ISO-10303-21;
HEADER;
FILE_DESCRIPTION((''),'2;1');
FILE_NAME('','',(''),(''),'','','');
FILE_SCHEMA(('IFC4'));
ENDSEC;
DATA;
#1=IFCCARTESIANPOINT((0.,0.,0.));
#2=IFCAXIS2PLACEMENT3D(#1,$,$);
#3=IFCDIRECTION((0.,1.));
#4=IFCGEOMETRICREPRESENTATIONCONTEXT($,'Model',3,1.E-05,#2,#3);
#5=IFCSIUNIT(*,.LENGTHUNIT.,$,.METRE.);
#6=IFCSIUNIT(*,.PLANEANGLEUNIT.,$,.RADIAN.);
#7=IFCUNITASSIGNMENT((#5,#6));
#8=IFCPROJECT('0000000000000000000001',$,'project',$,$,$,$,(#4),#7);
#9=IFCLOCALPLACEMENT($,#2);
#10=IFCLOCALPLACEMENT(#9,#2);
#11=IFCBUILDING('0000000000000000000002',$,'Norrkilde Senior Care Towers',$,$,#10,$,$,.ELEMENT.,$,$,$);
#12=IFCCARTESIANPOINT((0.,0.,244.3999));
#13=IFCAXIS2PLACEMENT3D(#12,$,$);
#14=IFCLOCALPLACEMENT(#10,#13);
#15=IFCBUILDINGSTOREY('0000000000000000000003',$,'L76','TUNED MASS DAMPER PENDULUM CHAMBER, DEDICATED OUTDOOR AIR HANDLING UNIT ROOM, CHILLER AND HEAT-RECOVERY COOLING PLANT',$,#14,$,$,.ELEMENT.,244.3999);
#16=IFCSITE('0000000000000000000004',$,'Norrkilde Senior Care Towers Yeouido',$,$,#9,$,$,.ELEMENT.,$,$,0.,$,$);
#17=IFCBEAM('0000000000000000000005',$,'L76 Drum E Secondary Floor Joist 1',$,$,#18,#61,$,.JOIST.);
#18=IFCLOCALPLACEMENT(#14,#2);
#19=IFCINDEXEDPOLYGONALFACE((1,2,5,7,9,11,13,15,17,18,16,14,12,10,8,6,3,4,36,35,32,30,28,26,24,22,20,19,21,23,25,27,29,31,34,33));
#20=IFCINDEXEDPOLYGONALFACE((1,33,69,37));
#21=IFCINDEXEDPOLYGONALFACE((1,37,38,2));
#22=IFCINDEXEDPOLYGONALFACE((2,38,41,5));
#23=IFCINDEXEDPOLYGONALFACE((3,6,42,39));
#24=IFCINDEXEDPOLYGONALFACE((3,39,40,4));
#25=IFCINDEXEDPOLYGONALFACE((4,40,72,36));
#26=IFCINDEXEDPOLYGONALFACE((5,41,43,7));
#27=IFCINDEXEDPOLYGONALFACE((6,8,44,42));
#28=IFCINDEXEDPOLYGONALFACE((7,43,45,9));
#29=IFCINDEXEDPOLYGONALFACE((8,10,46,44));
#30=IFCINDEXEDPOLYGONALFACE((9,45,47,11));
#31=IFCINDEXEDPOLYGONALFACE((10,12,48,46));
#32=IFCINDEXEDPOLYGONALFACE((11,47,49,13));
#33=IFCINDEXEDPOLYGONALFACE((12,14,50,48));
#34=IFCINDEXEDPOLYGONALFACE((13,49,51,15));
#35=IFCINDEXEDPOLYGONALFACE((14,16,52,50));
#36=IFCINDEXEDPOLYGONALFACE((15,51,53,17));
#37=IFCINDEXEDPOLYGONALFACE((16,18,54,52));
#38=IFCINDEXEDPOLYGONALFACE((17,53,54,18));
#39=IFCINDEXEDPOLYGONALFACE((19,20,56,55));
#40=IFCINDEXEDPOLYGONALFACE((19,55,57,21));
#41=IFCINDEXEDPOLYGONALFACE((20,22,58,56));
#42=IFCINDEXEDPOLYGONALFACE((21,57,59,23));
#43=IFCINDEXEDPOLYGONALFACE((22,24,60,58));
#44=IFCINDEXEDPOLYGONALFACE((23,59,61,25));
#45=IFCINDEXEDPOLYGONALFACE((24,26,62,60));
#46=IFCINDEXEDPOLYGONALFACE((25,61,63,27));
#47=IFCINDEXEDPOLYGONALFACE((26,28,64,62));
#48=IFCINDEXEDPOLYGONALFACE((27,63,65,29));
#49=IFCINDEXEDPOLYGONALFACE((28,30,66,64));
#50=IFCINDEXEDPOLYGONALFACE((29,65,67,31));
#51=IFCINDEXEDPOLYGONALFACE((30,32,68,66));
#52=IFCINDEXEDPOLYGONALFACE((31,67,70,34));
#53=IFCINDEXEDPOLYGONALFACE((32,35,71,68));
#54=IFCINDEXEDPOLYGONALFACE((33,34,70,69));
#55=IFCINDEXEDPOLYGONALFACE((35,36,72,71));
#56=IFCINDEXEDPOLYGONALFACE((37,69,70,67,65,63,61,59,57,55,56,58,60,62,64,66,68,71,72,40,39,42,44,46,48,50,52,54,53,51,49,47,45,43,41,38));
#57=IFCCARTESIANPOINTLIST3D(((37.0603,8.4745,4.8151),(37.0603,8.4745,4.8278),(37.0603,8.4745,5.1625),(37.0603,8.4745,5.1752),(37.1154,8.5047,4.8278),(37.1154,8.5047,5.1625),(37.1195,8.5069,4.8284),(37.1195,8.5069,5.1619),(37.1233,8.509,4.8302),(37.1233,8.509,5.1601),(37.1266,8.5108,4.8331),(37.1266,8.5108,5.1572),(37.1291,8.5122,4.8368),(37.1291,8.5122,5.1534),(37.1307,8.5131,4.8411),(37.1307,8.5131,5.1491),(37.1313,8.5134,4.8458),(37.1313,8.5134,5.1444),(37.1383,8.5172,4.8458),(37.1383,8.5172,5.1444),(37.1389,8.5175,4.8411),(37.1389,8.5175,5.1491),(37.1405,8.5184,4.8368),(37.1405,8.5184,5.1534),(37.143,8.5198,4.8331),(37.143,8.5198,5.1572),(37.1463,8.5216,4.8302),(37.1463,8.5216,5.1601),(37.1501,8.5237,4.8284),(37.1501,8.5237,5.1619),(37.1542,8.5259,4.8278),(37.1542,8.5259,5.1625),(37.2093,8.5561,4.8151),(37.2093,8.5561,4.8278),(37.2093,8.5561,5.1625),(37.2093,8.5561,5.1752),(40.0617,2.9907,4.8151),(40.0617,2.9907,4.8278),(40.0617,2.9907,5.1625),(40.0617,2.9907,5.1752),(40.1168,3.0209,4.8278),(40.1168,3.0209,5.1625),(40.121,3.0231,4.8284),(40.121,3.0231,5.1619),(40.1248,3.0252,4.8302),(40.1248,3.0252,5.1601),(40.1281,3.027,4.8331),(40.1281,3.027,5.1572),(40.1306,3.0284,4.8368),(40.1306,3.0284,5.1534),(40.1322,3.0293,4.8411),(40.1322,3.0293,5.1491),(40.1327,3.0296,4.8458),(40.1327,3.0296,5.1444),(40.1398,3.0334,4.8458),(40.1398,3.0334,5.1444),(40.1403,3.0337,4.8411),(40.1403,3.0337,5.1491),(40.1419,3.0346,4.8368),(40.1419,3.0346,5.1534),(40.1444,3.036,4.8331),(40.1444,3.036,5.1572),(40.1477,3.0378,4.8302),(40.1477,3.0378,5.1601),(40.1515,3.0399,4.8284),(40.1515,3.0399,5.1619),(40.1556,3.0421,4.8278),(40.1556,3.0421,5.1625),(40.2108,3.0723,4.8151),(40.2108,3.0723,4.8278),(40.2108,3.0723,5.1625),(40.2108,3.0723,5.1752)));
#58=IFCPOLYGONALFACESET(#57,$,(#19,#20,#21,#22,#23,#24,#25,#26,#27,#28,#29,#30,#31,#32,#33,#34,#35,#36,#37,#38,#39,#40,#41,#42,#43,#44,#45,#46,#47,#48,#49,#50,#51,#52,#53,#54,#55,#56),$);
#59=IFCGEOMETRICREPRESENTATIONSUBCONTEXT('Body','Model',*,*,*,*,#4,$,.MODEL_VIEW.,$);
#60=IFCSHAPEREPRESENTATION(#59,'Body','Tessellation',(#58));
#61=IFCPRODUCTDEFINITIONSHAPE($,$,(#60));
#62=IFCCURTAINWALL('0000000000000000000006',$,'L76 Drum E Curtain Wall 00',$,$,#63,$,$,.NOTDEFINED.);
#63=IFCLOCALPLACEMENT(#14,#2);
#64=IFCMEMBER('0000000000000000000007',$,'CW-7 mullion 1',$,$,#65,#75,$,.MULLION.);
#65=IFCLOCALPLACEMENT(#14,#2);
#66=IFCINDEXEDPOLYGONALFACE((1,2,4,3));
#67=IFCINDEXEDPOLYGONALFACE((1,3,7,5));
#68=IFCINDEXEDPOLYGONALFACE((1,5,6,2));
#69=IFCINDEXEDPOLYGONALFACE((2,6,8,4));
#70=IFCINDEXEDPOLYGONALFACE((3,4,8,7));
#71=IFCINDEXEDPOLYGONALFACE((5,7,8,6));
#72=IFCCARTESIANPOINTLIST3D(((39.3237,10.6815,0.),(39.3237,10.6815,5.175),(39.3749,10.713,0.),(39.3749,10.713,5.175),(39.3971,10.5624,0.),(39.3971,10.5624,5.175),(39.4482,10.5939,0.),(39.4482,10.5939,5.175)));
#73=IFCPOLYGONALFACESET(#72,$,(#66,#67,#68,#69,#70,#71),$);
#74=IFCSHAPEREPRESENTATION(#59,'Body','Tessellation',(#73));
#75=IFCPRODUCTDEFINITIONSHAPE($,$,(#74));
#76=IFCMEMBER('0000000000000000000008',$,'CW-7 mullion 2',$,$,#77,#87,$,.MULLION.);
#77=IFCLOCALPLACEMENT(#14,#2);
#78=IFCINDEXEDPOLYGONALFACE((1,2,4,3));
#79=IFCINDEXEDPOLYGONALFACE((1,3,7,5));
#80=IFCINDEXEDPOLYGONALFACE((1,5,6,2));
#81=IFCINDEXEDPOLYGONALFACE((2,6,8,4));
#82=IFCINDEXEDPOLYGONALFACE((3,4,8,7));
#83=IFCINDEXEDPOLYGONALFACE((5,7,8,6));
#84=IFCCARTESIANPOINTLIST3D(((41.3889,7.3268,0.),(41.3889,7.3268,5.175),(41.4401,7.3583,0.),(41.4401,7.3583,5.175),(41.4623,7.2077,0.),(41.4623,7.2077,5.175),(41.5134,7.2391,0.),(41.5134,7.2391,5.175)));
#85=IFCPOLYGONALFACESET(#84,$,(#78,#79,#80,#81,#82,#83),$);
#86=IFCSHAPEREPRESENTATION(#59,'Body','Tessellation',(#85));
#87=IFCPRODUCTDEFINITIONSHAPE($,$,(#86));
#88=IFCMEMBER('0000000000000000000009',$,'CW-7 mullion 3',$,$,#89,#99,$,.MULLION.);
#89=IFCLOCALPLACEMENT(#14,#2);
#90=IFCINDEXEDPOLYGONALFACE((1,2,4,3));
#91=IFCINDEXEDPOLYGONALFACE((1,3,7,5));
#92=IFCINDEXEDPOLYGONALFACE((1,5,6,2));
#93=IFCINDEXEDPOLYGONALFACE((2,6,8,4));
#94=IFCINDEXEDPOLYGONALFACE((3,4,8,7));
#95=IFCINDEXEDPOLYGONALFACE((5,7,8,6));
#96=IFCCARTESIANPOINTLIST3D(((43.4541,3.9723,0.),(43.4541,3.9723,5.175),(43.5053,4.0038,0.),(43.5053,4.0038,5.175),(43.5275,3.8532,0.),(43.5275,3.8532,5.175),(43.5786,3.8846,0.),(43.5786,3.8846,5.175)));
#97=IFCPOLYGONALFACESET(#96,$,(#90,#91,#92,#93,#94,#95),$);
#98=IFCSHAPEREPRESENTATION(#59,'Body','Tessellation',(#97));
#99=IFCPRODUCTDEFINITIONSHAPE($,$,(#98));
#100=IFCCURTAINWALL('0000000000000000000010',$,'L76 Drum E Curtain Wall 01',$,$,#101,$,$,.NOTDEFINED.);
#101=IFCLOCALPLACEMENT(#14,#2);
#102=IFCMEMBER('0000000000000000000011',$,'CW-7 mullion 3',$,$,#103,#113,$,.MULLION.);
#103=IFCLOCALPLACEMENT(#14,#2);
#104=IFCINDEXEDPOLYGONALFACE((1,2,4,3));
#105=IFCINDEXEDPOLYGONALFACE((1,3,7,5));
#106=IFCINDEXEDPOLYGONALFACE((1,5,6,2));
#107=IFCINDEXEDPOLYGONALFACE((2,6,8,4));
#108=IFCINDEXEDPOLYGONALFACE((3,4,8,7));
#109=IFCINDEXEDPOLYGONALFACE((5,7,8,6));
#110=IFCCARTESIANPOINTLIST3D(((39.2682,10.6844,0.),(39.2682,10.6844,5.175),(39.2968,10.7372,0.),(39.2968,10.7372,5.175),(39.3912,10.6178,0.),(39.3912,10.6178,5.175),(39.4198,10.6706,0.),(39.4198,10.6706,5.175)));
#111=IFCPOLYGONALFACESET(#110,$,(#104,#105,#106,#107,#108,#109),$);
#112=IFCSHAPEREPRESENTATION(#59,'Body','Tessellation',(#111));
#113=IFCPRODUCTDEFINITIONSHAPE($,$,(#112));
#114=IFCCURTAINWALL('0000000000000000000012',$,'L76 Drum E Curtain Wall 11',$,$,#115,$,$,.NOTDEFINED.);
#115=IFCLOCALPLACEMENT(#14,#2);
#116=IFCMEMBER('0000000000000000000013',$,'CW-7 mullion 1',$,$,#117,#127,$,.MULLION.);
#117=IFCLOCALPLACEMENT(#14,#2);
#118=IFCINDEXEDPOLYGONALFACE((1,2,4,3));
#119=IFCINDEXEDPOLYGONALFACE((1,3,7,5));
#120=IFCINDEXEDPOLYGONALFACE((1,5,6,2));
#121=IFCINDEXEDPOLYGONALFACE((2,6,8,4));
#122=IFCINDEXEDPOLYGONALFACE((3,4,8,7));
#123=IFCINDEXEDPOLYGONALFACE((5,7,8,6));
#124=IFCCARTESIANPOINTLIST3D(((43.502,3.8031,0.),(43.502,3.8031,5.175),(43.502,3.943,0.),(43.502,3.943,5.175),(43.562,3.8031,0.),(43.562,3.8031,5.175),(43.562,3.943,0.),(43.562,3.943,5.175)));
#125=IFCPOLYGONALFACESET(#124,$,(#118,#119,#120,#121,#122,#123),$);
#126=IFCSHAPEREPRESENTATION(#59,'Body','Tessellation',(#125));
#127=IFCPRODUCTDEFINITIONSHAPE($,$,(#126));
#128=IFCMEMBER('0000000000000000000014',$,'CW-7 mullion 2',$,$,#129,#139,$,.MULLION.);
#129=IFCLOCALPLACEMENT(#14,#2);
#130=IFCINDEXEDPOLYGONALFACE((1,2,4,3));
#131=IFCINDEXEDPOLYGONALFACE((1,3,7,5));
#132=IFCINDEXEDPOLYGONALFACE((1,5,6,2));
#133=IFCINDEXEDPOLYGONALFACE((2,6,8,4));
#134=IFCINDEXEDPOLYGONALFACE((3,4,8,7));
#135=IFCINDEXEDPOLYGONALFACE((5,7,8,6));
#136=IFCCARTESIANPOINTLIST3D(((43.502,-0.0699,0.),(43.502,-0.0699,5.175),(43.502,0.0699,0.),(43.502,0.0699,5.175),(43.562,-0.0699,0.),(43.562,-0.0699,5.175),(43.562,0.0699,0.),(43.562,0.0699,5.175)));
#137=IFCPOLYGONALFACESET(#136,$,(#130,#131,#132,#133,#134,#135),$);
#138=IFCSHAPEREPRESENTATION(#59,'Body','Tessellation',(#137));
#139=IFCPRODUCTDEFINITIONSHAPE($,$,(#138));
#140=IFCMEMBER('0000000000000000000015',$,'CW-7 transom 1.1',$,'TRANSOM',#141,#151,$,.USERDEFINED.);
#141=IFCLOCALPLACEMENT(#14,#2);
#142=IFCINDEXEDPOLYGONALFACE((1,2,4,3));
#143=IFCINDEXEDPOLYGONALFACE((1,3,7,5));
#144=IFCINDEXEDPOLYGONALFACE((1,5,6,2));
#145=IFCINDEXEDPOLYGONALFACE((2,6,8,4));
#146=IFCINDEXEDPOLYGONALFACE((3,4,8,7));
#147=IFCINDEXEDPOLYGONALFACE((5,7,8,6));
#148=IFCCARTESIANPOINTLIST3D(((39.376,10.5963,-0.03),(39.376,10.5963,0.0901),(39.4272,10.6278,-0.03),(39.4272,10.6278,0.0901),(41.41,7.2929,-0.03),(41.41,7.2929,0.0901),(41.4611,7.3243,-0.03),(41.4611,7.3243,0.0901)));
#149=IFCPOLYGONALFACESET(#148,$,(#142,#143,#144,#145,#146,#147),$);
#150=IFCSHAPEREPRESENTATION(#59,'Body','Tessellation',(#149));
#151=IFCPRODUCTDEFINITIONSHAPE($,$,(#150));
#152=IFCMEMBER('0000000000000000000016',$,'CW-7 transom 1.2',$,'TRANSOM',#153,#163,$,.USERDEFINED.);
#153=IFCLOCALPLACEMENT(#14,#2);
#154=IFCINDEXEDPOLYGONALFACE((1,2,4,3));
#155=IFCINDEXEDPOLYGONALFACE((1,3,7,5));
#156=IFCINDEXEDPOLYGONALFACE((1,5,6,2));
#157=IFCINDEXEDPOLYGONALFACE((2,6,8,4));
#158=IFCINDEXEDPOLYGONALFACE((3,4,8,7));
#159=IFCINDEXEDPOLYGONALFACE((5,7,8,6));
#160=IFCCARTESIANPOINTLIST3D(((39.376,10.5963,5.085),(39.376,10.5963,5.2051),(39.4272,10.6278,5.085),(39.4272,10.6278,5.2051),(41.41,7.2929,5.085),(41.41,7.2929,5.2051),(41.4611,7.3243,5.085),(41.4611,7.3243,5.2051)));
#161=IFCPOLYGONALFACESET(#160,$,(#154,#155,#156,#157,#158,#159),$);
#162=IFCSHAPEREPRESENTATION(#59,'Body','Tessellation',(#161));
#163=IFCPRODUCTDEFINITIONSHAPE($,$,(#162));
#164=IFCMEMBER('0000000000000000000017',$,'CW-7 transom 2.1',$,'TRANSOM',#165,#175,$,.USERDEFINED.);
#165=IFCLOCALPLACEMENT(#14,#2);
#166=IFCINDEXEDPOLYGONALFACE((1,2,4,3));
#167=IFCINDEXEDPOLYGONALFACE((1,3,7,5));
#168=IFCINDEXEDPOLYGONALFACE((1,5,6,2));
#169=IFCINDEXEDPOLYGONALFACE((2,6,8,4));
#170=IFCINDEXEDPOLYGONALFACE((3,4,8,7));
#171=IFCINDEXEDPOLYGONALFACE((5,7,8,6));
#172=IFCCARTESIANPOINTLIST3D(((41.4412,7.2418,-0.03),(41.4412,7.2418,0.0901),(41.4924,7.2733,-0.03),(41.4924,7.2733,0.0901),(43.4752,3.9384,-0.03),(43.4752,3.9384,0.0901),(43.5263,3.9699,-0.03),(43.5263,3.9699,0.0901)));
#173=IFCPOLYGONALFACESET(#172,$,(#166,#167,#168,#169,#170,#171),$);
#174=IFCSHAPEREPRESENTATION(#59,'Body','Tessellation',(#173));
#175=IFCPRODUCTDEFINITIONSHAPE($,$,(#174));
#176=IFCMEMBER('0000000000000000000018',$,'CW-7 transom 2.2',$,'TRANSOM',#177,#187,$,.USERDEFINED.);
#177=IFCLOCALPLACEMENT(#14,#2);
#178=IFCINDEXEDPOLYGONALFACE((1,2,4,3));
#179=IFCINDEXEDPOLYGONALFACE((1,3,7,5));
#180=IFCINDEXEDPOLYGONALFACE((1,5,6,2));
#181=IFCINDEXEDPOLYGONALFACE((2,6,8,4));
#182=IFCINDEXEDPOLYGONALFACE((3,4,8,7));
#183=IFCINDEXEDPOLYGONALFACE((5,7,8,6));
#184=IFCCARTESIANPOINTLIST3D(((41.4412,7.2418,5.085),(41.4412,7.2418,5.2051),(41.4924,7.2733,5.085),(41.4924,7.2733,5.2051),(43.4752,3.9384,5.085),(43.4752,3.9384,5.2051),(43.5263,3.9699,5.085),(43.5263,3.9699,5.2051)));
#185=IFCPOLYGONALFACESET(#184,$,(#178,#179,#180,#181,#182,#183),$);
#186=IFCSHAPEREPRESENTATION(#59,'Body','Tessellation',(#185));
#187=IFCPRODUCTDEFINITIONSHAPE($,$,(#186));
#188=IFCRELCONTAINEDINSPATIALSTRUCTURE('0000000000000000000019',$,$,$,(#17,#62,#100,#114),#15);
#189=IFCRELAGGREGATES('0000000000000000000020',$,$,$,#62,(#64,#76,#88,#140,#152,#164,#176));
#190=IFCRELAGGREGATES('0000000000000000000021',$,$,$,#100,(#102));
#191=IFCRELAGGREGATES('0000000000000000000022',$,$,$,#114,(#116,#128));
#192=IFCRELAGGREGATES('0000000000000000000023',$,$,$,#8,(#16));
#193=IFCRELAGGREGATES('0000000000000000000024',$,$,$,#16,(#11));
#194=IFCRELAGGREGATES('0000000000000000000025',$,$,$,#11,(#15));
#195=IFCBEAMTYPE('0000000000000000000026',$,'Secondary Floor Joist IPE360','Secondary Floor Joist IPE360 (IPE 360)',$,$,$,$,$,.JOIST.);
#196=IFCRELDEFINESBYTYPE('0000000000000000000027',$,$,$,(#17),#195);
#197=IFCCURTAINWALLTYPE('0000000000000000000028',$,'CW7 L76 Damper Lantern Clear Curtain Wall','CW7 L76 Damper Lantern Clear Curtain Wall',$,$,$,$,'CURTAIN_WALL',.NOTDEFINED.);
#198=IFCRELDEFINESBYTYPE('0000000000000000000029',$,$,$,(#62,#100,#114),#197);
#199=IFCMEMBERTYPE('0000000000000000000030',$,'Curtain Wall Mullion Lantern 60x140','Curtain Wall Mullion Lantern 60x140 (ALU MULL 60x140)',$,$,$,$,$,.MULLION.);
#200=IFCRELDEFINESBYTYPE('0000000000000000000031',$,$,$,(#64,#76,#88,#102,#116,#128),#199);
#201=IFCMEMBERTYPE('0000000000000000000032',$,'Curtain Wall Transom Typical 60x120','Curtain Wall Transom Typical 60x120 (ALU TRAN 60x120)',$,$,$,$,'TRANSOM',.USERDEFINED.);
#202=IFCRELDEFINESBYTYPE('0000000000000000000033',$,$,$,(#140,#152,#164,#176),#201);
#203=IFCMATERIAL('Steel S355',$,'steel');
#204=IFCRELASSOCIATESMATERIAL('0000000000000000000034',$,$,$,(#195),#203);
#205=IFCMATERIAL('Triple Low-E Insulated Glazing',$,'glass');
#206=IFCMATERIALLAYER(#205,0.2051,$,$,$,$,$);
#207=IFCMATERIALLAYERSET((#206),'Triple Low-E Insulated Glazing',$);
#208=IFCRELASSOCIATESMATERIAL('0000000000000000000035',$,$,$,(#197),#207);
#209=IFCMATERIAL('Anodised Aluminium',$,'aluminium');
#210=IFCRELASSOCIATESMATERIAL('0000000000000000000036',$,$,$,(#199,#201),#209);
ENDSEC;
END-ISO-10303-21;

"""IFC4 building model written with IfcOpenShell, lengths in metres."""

from ifc_helpers import new_model, si_unit, direction, frame, origin, origin_2d, place, context, subcontext, project, spatial, rectangle, i_section, extrude, source, transform, mapped, material, layer, layer_set, material_profile, profile_set, type_object, type_shapes, element, aggregate, save


model = new_model("IFC4")

# Units and contexts
model_context = context("Model", 3, precision=1e-05, world=origin(), true_north=direction((0.0, 1.0)))
body_context = subcontext(model_context, "Body", "Model", "MODEL_VIEW")
ifc_project = project(units=[si_unit("LENGTHUNIT", "METRE"), si_unit("PLANEANGLEUNIT", "RADIAN")], contexts=[model_context])

# Site, building, storey
site_placement = place(None, origin())
site = spatial("IfcSite", under=ifc_project, at=site_placement, Name="Norrkilde Senior Care Towers Yeouido", CompositionType="ELEMENT", RefElevation=0.0)
building_placement = place(site_placement, origin())
building = spatial("IfcBuilding", under=site, at=building_placement, Name="Norrkilde Senior Care Towers", CompositionType="ELEMENT")
storey_placement = place(building_placement, frame((0.0, 0.0, 244.3999)))
storey = spatial("IfcBuildingStorey", under=building, at=storey_placement, Name="L76", Description="TUNED MASS DAMPER PENDULUM CHAMBER, DEDICATED OUTDOOR AIR HANDLING UNIT ROOM, CHILLER AND HEAT-RECOVERY COOLING PLANT", CompositionType="ELEMENT", Elevation=244.3999)

# Beam
ifc_material_1 = material(Name="Steel S355", Category="steel")
ifc_material_profile_1 = material_profile(ifc_material_1, i_section(OverallWidth=0.1699, OverallDepth=0.3601, WebThickness=0.0081, FlangeThickness=0.0127, FilletRadius=0.0181, at=origin_2d()), Name="IPE 360")
ifc_profile_set_1 = profile_set([ifc_material_profile_1], Name="Steel S355")
beam_type_1 = type_object("IfcBeamType", Name="Secondary Floor Joist IPE360", Description="Secondary Floor Joist IPE360 (IPE 360)", PredefinedType="JOIST", material=ifc_profile_set_1)
shared_shape_1 = source(origin(), body_context, "Body", "SweptSolid", [
    extrude(i_section(OverallWidth=0.1699, OverallDepth=0.3601, WebThickness=0.0081, FlangeThickness=0.0127, FilletRadius=0.0181, at=origin_2d()), origin(), (0.0, 0.0, 1.0), 6.2515),
])
type_shapes(beam_type_1, [shared_shape_1])
beam_1_placement = place(storey_placement, frame((40.1362, 3.0315, 4.9951), z_axis=(-0.480116, 0.877205, 0.0), x_axis=(-0.877205, -0.480116, 0.0)))
element("IfcBeam", 1, at=beam_1_placement, inside=storey, type_object=beam_type_1, Name="L76 Drum E Secondary Floor Joist 1", PredefinedType="JOIST", context=body_context, shape_type="MappedRepresentation", body=[
    mapped(shared_shape_1, transform((0.0, 0.0, 0.0), x_axis=(1.0, 0.0, 0.0), y_axis=(0.0, 1.0, 0.0), z_axis=(0.0, 0.0, 1.0), scale=1.0)),
])

# Curtain wall, members
ifc_material_2 = material(Name="Triple Low-E Insulated Glazing", Category="glass")
ifc_layer_1 = layer(ifc_material_2, 0.2051)
ifc_layer_set_1 = layer_set([ifc_layer_1], Name="Triple Low-E Insulated Glazing")
curtain_wall_type = type_object("IfcCurtainWallType", Name="CW7 L76 Damper Lantern Clear Curtain Wall", Description="CW7 L76 Damper Lantern Clear Curtain Wall", ElementType="CURTAIN_WALL", PredefinedType="NOTDEFINED", material=ifc_layer_set_1)
curtain_wall_1_placement = place(storey_placement, origin())
curtain_wall_1 = element("IfcCurtainWall", 2, at=curtain_wall_1_placement, inside=storey, type_object=curtain_wall_type, Name="L76 Drum E Curtain Wall 00", PredefinedType="NOTDEFINED")
ifc_material_3 = material(Name="Anodised Aluminium", Category="aluminium")
ifc_material_profile_2 = material_profile(ifc_material_3, rectangle(XDim=0.0601, YDim=0.1399, at=origin_2d()), Name="ALU MULL 60x140")
ifc_profile_set_2 = profile_set([ifc_material_profile_2], Name="Anodised Aluminium")
member_type_1 = type_object("IfcMemberType", Name="Curtain Wall Mullion Lantern 60x140", Description="Curtain Wall Mullion Lantern 60x140 (ALU MULL 60x140)", PredefinedType="MULLION", material=ifc_profile_set_2)
shared_shape_2 = source(origin(), body_context, "Body", "SweptSolid", [
    extrude(rectangle(XDim=0.0601, YDim=0.1399, at=origin_2d()), origin(), (0.0, 0.0, 1.0), 5.175),
])
type_shapes(member_type_1, [shared_shape_2])
member_1_placement = place(storey_placement, frame((39.386, 10.6377, 0.0), z_axis=(0.0, 0.0, 1.0), x_axis=(0.851563, 0.524253, 0.0)))
member_1 = element("IfcMember", 3, at=member_1_placement, type_object=member_type_1, Name="CW-7 mullion 1", PredefinedType="MULLION", context=body_context, shape_type="MappedRepresentation", body=[
    mapped(shared_shape_2, transform((0.0, 0.0, 0.0), x_axis=(1.0, 0.0, 0.0), y_axis=(0.0, 1.0, 0.0), z_axis=(0.0, 0.0, 1.0), scale=1.0)),
])
member_2_placement = place(storey_placement, frame((41.4512, 7.283, 0.0), z_axis=(0.0, 0.0, 1.0), x_axis=(0.851563, 0.524253, 0.0)))
member_2 = element("IfcMember", 4, at=member_2_placement, type_object=member_type_1, Name="CW-7 mullion 2", PredefinedType="MULLION", context=body_context, shape_type="MappedRepresentation", body=[
    mapped(shared_shape_2, transform((0.0, 0.0, 0.0), x_axis=(1.0, 0.0, 0.0), y_axis=(0.0, 1.0, 0.0), z_axis=(0.0, 0.0, 1.0), scale=1.0)),
])
member_3_placement = place(storey_placement, frame((43.5164, 3.9285, 0.0), z_axis=(0.0, 0.0, 1.0), x_axis=(0.851563, 0.524253, 0.0)))
member_3 = element("IfcMember", 5, at=member_3_placement, type_object=member_type_1, Name="CW-7 mullion 3", PredefinedType="MULLION", context=body_context, shape_type="MappedRepresentation", body=[
    mapped(shared_shape_2, transform((0.0, 0.0, 0.0), x_axis=(1.0, 0.0, 0.0), y_axis=(0.0, 1.0, 0.0), z_axis=(0.0, 0.0, 1.0), scale=1.0)),
])

# Curtain wall, member
curtain_wall_2_placement = place(storey_placement, origin())
curtain_wall_2 = element("IfcCurtainWall", 6, at=curtain_wall_2_placement, inside=storey, type_object=curtain_wall_type, Name="L76 Drum E Curtain Wall 01", PredefinedType="NOTDEFINED")
member_4_placement = place(storey_placement, frame((39.344, 10.6775, 0.0), z_axis=(0.0, 0.0, 1.0), x_axis=(0.476133, 0.879373, 0.0)))
member_4 = element("IfcMember", 7, at=member_4_placement, type_object=member_type_1, Name="CW-7 mullion 3", PredefinedType="MULLION", context=body_context, shape_type="MappedRepresentation", body=[
    mapped(shared_shape_2, transform((0.0, 0.0, 0.0), x_axis=(1.0, 0.0, 0.0), y_axis=(0.0, 1.0, 0.0), z_axis=(0.0, 0.0, 1.0), scale=1.0)),
])

# Curtain wall, members
curtain_wall_3_placement = place(storey_placement, origin())
curtain_wall_3 = element("IfcCurtainWall", 8, at=curtain_wall_3_placement, inside=storey, type_object=curtain_wall_type, Name="L76 Drum E Curtain Wall 11", PredefinedType="NOTDEFINED")
member_5_placement = place(storey_placement, frame((43.532, 3.873, 0.0), z_axis=(0.0, 0.0, 1.0), x_axis=(1.0, 0.0, 0.0)))
member_5 = element("IfcMember", 9, at=member_5_placement, type_object=member_type_1, Name="CW-7 mullion 1", PredefinedType="MULLION", context=body_context, shape_type="MappedRepresentation", body=[
    mapped(shared_shape_2, transform((0.0, 0.0, 0.0), x_axis=(1.0, 0.0, 0.0), y_axis=(0.0, 1.0, 0.0), z_axis=(0.0, 0.0, 1.0), scale=1.0)),
])
member_6_placement = place(storey_placement, frame((43.532, 0.0, 0.0), z_axis=(0.0, 0.0, 1.0), x_axis=(1.0, 0.0, 0.0)))
member_6 = element("IfcMember", 10, at=member_6_placement, type_object=member_type_1, Name="CW-7 mullion 2", PredefinedType="MULLION", context=body_context, shape_type="MappedRepresentation", body=[
    mapped(shared_shape_2, transform((0.0, 0.0, 0.0), x_axis=(1.0, 0.0, 0.0), y_axis=(0.0, 1.0, 0.0), z_axis=(0.0, 0.0, 1.0), scale=1.0)),
])

# Members
ifc_material_profile_3 = material_profile(ifc_material_3, rectangle(XDim=0.0601, YDim=0.1201, at=origin_2d()), Name="ALU TRAN 60x120")
ifc_profile_set_3 = profile_set([ifc_material_profile_3], Name="Anodised Aluminium")
member_type_2 = type_object("IfcMemberType", Name="Curtain Wall Transom Typical 60x120", Description="Curtain Wall Transom Typical 60x120 (ALU TRAN 60x120)", ElementType="TRANSOM", PredefinedType="USERDEFINED", material=ifc_profile_set_3)
shared_shape_3 = source(origin(), body_context, "Body", "SweptSolid", [
    extrude(rectangle(XDim=0.0601, YDim=0.1201, at=origin_2d()), origin(), (0.0, 0.0, 1.0), 3.8794),
])
member_7_placement = place(storey_placement, frame((39.4016, 10.6121, 0.03), z_axis=(0.524291, -0.851539, 0.0), x_axis=(0.851539, 0.524291, 0.0)))
member_7 = element("IfcMember", 11, at=member_7_placement, type_object=member_type_2, Name="CW-7 transom 1.1", ObjectType="TRANSOM", PredefinedType="USERDEFINED", context=body_context, shape_type="MappedRepresentation", body=[
    mapped(shared_shape_3, transform((0.0, 0.0, 0.0), x_axis=(1.0, 0.0, 0.0), y_axis=(0.0, 1.0, 0.0), z_axis=(0.0, 0.0, 1.0), scale=1.0)),
])
member_8_placement = place(storey_placement, frame((39.4016, 10.6121, 5.145), z_axis=(0.524291, -0.851539, 0.0), x_axis=(0.851539, 0.524291, 0.0)))
member_8 = element("IfcMember", 12, at=member_8_placement, type_object=member_type_2, Name="CW-7 transom 1.2", ObjectType="TRANSOM", PredefinedType="USERDEFINED", context=body_context, shape_type="MappedRepresentation", body=[
    mapped(shared_shape_3, transform((0.0, 0.0, 0.0), x_axis=(1.0, 0.0, 0.0), y_axis=(0.0, 1.0, 0.0), z_axis=(0.0, 0.0, 1.0), scale=1.0)),
])
member_9_placement = place(storey_placement, frame((41.4668, 7.2576, 0.03), z_axis=(0.524291, -0.851539, 0.0), x_axis=(0.851539, 0.524291, 0.0)))
member_9 = element("IfcMember", 13, at=member_9_placement, type_object=member_type_2, Name="CW-7 transom 2.1", ObjectType="TRANSOM", PredefinedType="USERDEFINED", context=body_context, shape_type="MappedRepresentation", body=[
    mapped(shared_shape_3, transform((0.0, 0.0, 0.0), x_axis=(1.0, 0.0, 0.0), y_axis=(0.0, 1.0, 0.0), z_axis=(0.0, 0.0, 1.0), scale=1.0)),
])
member_10_placement = place(storey_placement, frame((41.4668, 7.2576, 5.145), z_axis=(0.524291, -0.851539, 0.0), x_axis=(0.851539, 0.524291, 0.0)))
member_10 = element("IfcMember", 14, at=member_10_placement, type_object=member_type_2, Name="CW-7 transom 2.2", ObjectType="TRANSOM", PredefinedType="USERDEFINED", context=body_context, shape_type="MappedRepresentation", body=[
    mapped(shared_shape_3, transform((0.0, 0.0, 0.0), x_axis=(1.0, 0.0, 0.0), y_axis=(0.0, 1.0, 0.0), z_axis=(0.0, 0.0, 1.0), scale=1.0)),
])

aggregate(curtain_wall_1, [member_1, member_2, member_3, member_7, member_8, member_9, member_10])
aggregate(curtain_wall_2, [member_4])
aggregate(curtain_wall_3, [member_5, member_6])

save(model, "model.ifc")
